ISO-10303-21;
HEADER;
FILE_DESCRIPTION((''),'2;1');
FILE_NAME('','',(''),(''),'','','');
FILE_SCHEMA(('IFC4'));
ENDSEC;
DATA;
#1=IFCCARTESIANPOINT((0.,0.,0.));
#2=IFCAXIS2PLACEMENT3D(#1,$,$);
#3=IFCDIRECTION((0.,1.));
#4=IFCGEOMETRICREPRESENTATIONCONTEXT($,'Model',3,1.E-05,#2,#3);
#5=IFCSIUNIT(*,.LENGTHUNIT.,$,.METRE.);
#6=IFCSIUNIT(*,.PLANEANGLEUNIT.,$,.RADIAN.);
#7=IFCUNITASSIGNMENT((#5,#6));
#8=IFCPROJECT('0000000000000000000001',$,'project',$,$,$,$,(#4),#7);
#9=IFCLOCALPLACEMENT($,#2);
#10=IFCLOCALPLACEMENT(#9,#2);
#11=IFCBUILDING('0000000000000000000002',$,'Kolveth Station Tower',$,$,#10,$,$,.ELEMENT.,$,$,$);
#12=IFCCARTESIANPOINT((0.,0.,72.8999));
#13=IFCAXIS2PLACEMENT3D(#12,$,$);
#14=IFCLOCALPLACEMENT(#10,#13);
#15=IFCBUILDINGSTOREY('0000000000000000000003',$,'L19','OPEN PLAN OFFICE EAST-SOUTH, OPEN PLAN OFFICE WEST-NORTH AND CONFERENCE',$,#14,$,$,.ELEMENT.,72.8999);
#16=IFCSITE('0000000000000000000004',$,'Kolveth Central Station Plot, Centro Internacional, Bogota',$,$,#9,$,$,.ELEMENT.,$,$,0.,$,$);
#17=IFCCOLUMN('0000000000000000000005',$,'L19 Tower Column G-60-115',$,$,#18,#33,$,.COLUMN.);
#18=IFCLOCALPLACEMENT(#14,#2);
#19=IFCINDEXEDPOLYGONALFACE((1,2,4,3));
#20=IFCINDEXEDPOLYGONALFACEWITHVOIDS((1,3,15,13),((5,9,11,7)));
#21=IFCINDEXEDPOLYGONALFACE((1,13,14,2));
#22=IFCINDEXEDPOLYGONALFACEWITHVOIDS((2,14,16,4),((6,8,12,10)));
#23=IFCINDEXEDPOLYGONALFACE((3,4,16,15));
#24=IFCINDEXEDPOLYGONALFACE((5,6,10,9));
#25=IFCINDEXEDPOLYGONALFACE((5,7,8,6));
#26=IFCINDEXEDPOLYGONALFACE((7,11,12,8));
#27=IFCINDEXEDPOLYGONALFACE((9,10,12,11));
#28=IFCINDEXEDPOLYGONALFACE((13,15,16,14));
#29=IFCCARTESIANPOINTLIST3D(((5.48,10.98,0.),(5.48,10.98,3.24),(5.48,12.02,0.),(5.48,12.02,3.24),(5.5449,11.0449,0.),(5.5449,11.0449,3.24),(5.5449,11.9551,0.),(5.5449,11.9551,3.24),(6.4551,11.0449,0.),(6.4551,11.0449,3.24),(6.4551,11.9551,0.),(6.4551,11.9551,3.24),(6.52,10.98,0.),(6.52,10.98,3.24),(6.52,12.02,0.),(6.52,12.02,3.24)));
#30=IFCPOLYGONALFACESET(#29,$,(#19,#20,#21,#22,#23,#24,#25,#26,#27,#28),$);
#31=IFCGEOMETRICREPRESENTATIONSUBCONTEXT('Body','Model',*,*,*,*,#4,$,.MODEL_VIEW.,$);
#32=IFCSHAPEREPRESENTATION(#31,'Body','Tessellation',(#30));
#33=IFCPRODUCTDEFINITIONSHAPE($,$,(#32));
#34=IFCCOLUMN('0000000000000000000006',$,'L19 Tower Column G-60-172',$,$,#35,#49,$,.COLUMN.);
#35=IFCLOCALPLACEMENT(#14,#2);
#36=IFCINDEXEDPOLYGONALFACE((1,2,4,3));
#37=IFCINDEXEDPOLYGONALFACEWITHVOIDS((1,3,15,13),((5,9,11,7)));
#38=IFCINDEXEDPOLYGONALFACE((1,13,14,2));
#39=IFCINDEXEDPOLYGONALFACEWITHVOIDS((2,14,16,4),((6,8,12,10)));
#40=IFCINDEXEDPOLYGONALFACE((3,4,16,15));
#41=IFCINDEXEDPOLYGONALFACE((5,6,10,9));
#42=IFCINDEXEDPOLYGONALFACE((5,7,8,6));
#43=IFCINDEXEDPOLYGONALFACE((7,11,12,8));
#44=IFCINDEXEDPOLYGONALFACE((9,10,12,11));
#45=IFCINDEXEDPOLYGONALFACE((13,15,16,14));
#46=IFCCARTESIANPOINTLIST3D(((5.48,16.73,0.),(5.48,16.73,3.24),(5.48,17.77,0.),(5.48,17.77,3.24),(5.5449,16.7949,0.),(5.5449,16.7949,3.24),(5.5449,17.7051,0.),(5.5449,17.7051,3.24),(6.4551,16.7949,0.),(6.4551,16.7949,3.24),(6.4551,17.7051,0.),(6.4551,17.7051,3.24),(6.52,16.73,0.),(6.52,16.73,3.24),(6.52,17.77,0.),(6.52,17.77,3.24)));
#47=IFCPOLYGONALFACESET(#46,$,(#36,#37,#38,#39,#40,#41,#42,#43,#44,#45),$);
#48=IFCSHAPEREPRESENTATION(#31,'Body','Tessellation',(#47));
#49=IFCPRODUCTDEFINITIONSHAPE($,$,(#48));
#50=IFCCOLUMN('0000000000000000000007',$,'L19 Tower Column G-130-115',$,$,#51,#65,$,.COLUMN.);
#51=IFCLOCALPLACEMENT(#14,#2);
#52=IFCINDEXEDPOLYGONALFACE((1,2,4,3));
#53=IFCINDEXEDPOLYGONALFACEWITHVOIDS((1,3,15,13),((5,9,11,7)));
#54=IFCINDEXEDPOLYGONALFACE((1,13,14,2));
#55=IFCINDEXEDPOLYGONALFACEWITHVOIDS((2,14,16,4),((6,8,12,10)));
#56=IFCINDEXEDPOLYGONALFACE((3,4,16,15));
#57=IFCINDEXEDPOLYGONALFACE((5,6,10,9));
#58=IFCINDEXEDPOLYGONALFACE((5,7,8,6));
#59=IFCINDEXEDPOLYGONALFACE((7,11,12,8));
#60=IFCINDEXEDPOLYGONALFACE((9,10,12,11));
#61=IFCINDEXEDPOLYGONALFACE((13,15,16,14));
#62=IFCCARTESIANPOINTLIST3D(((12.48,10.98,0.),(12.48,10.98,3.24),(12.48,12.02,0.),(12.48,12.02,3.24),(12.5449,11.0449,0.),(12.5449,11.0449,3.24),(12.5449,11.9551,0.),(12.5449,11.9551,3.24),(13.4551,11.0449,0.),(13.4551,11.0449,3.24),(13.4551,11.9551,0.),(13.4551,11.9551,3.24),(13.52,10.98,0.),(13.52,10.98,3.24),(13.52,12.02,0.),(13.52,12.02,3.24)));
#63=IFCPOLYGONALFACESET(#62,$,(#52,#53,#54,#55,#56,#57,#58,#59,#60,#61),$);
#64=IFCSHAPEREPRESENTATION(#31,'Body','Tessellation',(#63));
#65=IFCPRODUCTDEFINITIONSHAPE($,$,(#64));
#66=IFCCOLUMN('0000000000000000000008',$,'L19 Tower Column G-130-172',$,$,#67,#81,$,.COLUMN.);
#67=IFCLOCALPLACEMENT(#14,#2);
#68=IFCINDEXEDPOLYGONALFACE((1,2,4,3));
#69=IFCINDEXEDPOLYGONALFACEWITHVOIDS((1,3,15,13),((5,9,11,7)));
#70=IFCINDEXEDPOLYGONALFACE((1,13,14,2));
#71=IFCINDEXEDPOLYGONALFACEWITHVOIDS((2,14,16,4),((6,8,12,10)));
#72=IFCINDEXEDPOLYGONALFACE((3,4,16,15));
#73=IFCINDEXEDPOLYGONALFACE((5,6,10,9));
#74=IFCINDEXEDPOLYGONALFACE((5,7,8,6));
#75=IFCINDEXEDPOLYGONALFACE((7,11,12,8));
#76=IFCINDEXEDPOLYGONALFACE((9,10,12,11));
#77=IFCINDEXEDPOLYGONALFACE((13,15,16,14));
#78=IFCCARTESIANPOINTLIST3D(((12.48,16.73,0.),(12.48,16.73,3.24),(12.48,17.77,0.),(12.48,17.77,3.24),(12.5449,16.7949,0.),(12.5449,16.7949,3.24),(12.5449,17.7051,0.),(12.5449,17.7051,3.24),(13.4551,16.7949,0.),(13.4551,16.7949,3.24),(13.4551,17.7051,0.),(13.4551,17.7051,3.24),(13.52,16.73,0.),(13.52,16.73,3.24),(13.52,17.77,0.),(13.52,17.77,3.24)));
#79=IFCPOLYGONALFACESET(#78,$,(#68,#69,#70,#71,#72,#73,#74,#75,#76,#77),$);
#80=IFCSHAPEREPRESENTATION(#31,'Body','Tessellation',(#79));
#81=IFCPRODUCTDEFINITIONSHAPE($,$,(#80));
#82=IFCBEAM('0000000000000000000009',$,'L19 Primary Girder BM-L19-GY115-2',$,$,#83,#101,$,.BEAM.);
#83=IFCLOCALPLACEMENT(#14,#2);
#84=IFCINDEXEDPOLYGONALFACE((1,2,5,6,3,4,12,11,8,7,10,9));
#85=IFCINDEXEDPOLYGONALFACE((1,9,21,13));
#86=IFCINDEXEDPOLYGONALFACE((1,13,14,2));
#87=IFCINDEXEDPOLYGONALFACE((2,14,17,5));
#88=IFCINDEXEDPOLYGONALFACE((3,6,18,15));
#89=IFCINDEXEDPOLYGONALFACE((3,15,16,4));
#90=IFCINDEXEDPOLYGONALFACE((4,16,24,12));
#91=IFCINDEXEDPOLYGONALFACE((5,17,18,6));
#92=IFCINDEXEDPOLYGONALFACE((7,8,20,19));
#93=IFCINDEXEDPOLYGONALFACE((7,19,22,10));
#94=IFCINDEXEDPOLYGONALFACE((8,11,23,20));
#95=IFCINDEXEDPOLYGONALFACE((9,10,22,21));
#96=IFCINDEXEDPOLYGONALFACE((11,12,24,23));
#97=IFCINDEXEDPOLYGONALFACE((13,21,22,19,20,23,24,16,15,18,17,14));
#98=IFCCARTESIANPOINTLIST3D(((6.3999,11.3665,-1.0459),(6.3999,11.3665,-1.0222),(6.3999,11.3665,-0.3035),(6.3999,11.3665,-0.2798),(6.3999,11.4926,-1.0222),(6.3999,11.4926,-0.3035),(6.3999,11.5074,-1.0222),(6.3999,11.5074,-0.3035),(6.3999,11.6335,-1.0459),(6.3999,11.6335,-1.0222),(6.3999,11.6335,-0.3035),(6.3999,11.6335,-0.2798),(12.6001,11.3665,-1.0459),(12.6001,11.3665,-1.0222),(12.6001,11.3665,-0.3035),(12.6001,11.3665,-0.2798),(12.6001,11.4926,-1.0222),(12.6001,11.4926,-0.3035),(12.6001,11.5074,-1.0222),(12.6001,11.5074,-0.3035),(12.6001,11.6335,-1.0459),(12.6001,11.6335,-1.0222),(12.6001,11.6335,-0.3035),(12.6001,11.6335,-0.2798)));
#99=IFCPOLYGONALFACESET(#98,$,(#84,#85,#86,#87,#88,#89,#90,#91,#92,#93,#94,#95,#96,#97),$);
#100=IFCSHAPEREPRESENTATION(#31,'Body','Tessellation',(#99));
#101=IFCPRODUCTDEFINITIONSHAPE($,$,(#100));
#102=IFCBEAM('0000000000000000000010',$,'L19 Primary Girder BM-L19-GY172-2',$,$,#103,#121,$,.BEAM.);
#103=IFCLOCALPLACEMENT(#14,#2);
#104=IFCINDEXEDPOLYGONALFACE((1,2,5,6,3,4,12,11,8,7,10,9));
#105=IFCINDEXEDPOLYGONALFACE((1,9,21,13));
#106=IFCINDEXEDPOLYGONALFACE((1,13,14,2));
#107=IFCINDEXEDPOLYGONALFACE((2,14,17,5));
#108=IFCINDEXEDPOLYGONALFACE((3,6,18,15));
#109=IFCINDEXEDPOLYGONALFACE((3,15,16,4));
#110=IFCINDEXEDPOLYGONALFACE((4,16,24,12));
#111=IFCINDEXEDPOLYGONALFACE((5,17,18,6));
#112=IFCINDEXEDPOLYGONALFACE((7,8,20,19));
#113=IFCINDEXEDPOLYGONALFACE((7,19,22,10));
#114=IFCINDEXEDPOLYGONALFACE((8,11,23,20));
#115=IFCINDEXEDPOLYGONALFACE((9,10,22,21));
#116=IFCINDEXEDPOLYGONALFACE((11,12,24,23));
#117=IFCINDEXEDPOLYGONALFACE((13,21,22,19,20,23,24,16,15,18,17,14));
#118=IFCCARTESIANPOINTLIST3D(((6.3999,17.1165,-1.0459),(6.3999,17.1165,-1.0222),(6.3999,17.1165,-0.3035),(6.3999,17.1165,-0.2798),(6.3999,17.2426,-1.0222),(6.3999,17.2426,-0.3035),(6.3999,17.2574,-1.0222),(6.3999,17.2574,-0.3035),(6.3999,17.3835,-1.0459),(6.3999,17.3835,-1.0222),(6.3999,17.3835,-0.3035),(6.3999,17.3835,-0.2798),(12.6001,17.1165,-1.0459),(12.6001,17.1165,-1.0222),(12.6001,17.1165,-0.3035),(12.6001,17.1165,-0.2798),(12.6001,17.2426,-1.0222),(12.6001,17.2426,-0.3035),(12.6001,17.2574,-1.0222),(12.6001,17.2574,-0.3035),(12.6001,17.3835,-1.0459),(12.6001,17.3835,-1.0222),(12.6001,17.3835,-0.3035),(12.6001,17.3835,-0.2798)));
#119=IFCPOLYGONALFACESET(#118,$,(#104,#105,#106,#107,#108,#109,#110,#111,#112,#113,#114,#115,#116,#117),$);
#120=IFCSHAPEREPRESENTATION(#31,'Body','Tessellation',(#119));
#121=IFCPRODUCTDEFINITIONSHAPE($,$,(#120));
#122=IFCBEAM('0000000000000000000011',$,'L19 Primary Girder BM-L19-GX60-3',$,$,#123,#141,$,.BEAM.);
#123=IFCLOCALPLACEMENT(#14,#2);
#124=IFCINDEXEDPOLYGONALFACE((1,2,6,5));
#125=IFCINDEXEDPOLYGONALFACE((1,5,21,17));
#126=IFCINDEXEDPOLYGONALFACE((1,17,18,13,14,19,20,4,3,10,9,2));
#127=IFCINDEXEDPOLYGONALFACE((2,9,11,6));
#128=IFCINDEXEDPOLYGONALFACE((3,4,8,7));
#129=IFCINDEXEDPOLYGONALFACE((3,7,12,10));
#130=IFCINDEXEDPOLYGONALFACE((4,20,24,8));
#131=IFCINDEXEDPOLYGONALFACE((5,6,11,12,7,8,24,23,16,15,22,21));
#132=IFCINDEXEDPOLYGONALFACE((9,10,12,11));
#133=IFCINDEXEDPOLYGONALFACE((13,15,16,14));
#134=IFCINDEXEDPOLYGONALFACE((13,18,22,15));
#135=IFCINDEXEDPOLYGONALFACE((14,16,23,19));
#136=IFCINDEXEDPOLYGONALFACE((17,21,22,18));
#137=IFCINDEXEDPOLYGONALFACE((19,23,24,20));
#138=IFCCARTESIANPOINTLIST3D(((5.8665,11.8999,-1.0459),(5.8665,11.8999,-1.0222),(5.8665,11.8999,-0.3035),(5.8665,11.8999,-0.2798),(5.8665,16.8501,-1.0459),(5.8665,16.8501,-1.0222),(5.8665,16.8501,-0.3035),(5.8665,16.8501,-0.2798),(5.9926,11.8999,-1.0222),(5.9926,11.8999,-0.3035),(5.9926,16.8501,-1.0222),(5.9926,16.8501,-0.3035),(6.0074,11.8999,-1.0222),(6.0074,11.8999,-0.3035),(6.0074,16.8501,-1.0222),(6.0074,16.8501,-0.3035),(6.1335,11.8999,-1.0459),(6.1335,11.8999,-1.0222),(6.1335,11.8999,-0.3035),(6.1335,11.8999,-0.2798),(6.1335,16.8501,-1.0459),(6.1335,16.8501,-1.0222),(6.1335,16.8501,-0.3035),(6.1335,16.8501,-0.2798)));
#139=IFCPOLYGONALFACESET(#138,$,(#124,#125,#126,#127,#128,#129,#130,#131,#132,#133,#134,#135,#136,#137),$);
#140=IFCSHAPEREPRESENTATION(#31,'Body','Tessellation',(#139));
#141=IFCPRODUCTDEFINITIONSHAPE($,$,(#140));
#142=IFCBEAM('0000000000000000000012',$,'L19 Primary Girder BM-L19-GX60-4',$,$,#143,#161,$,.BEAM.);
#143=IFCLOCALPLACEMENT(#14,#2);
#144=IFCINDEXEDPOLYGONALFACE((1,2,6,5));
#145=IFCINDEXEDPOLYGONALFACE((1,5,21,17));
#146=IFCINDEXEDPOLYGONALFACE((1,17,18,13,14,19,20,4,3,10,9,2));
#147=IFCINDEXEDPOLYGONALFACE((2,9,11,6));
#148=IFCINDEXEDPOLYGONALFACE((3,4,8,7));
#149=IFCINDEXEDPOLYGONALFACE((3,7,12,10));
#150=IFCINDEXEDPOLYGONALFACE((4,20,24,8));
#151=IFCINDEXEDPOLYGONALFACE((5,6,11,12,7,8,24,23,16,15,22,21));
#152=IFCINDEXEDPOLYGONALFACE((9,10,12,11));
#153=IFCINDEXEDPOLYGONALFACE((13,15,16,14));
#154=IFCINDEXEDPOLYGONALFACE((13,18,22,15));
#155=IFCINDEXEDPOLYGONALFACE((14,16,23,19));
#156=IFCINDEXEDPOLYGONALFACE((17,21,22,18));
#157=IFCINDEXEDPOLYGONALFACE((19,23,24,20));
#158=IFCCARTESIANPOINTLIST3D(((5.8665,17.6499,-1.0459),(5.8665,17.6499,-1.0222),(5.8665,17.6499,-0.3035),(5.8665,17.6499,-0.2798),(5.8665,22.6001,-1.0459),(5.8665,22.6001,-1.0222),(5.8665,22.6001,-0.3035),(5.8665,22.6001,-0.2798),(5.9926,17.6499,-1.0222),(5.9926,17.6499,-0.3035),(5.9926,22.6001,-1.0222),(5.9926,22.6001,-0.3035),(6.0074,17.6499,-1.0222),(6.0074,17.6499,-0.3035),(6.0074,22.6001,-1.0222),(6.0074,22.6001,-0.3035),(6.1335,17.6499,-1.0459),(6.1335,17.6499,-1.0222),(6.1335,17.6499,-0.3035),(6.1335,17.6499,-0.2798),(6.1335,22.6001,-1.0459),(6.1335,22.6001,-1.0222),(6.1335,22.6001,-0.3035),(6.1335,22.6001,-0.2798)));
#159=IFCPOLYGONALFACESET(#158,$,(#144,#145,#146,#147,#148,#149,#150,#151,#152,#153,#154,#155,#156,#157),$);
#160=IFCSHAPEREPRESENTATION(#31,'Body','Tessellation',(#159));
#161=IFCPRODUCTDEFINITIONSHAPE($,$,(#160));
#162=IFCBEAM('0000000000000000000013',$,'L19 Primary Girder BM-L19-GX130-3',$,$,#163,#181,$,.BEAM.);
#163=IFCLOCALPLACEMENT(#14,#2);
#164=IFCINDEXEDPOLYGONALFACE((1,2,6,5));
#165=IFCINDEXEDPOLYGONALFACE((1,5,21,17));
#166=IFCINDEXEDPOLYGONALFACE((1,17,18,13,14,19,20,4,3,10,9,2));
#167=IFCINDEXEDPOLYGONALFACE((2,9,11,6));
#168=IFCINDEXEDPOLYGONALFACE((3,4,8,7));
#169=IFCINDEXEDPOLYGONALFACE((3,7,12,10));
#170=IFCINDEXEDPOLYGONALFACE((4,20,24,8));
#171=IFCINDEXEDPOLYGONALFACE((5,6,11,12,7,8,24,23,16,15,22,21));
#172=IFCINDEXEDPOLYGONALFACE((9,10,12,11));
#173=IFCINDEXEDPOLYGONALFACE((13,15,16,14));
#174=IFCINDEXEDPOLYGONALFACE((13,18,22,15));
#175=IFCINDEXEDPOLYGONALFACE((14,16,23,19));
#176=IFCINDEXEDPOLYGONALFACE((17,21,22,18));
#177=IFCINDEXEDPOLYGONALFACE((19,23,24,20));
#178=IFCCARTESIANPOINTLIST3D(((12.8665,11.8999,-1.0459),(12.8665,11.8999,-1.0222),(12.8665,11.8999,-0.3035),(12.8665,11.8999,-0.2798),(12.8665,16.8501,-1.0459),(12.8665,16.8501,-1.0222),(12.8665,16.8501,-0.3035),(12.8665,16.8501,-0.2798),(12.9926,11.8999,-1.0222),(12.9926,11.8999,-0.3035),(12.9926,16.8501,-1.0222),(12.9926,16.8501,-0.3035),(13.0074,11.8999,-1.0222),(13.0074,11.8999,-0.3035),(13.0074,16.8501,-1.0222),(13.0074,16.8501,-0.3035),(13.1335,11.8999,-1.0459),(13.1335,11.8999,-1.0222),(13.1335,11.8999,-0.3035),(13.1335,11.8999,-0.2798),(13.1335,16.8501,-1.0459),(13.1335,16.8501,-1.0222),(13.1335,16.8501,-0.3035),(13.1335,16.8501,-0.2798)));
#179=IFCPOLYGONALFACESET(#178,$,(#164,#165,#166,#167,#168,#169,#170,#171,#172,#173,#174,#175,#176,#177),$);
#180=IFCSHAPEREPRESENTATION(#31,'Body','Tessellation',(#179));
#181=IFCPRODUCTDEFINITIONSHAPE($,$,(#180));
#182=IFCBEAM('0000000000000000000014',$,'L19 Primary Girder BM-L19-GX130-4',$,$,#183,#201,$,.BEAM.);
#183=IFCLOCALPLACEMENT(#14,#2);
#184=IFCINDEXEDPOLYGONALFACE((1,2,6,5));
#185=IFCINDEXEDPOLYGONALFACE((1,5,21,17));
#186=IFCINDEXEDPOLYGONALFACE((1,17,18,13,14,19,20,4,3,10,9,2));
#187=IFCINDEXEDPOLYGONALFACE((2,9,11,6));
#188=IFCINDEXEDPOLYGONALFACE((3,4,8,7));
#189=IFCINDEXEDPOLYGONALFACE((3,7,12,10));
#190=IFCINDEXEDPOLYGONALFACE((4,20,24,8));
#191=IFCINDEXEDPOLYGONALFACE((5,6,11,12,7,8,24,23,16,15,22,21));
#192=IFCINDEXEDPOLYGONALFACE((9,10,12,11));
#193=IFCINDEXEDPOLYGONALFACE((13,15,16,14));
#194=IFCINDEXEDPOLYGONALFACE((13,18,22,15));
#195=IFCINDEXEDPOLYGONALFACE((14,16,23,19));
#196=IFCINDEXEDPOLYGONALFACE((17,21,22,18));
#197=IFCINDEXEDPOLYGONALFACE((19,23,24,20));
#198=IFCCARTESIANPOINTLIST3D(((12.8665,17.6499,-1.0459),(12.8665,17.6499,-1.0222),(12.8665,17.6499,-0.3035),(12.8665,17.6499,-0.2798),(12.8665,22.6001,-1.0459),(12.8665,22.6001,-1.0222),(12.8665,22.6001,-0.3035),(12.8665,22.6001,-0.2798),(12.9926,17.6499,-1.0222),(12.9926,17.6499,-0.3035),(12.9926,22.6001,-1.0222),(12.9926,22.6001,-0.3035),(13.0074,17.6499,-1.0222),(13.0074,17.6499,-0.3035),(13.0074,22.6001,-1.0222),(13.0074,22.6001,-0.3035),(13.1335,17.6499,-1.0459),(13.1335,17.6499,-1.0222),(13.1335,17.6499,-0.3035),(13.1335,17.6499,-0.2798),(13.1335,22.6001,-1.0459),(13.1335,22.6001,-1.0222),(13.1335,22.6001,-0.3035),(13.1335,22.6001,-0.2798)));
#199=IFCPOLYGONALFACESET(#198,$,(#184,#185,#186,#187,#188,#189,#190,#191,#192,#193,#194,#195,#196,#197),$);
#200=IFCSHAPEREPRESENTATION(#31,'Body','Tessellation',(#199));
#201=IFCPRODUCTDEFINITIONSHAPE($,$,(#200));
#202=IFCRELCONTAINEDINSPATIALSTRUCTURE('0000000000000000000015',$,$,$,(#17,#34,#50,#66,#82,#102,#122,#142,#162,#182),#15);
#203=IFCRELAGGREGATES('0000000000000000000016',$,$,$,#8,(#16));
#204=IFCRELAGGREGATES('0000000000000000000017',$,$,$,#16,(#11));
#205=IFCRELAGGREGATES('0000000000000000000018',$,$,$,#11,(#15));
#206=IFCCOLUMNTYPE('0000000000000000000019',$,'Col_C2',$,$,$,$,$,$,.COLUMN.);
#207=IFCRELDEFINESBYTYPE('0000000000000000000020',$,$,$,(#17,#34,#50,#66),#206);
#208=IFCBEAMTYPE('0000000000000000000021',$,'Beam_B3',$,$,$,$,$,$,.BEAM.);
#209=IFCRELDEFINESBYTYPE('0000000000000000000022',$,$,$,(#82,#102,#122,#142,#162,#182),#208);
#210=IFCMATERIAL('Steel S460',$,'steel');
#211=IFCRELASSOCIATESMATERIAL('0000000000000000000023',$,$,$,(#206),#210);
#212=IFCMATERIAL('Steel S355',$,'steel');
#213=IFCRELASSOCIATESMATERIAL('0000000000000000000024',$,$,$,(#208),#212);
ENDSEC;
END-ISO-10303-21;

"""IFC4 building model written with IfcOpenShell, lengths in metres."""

from ifc_helpers import new_model, si_unit, direction, frame, origin, origin_2d, place, context, subcontext, project, spatial, hollow_rectangle, i_section, extrude, source, transform, mapped, material, material_profile, profile_set, type_object, element, save


model = new_model("IFC4")

# Units and contexts
model_context = context("Model", 3, precision=1e-05, world=origin(), true_north=direction((0.0, 1.0)))
body_context = subcontext(model_context, "Body", "Model", "MODEL_VIEW")
ifc_project = project(units=[si_unit("LENGTHUNIT", "METRE"), si_unit("PLANEANGLEUNIT", "RADIAN")], contexts=[model_context])

# Site, building, storey
site_placement = place(None, origin())
site = spatial("IfcSite", under=ifc_project, at=site_placement, Name="Kolveth Central Station Plot, Centro Internacional, Bogota", CompositionType="ELEMENT", RefElevation=0.0)
building_placement = place(site_placement, origin())
building = spatial("IfcBuilding", under=site, at=building_placement, Name="Kolveth Station Tower", CompositionType="ELEMENT")
storey_placement = place(building_placement, frame((0.0, 0.0, 72.8999)))
storey = spatial("IfcBuildingStorey", under=building, at=storey_placement, Name="L19", Description="OPEN PLAN OFFICE EAST-SOUTH, OPEN PLAN OFFICE WEST-NORTH AND CONFERENCE", CompositionType="ELEMENT", Elevation=72.8999)

# Columns
ifc_material_1 = material(Name="Steel S460", Category="steel")
ifc_material_profile_1 = material_profile(ifc_material_1, hollow_rectangle(XDim=1.04, YDim=1.04, WallThickness=0.0649, at=origin_2d()), Name="BOX1040x1040x65")
ifc_profile_set_1 = profile_set([ifc_material_profile_1], Name="Steel S460")
column_type = type_object("IfcColumnType", Name="Col_C2", PredefinedType="COLUMN", material=ifc_profile_set_1)
shared_shape_1 = source(origin(), body_context, "Body", "SweptSolid", [
    extrude(hollow_rectangle(XDim=1.04, YDim=1.04, WallThickness=0.0649, at=origin_2d()), origin(), (0.0, 0.0, 1.0), 3.24),
])
for number, where, z_axis, x_axis, name in (
    (1, (6.0, 11.5, 0.0), (0.0, 0.0, 1.0), (1.0, 0.0, 0.0), "L19 Tower Column G-60-115"),
    (2, (6.0, 17.25, 0.0), (0.0, 0.0, 1.0), (1.0, 0.0, 0.0), "L19 Tower Column G-60-172"),
    (3, (13.0, 11.5, 0.0), (0.0, 0.0, 1.0), (1.0, 0.0, 0.0), "L19 Tower Column G-130-115"),
    (4, (13.0, 17.25, 0.0), (0.0, 0.0, 1.0), (1.0, 0.0, 0.0), "L19 Tower Column G-130-172"),
):
    element("IfcColumn", number, at=place(storey_placement, frame(where, z_axis=z_axis, x_axis=x_axis)), inside=storey, type_object=column_type, Name=name, PredefinedType="COLUMN", context=body_context, shape_type="MappedRepresentation", body=[
        mapped(shared_shape_1, transform((0.0, 0.0, 0.0), x_axis=(1.0, 0.0, 0.0), y_axis=(0.0, 1.0, 0.0), z_axis=(0.0, 0.0, 1.0), scale=1.0)),
    ])

# Beams
ifc_material_2 = material(Name="Steel S355", Category="steel")
ifc_material_profile_2 = material_profile(ifc_material_2, i_section(OverallWidth=0.2671, OverallDepth=0.7661, WebThickness=0.0149, FlangeThickness=0.0237, at=origin_2d()), Name="W760x185")
ifc_profile_set_2 = profile_set([ifc_material_profile_2], Name="Steel S355")
beam_type_1 = type_object("IfcBeamType", Name="Beam_B3", PredefinedType="BEAM", material=ifc_profile_set_2)
shared_shape_2 = source(origin(), body_context, "Body", "SweptSolid", [
    extrude(i_section(OverallWidth=0.2671, OverallDepth=0.7661, WebThickness=0.0149, FlangeThickness=0.0237, at=origin_2d()), origin(), (0.0, 0.0, 1.0), 6.2002),
])
for number, where, z_axis, x_axis, name in (
    (5, (6.3999, 11.5, -0.6628), (1.0, 0.0, 0.0), (0.0, 1.0, 0.0), "L19 Primary Girder BM-L19-GY115-2"),
    (6, (6.3999, 17.25, -0.6628), (1.0, 0.0, 0.0), (0.0, 1.0, 0.0), "L19 Primary Girder BM-L19-GY172-2"),
):
    element("IfcBeam", number, at=place(storey_placement, frame(where, z_axis=z_axis, x_axis=x_axis)), inside=storey, type_object=beam_type_1, Name=name, PredefinedType="BEAM", context=body_context, shape_type="MappedRepresentation", body=[
        mapped(shared_shape_2, transform((0.0, 0.0, 0.0), x_axis=(1.0, 0.0, 0.0), y_axis=(0.0, 1.0, 0.0), z_axis=(0.0, 0.0, 1.0), scale=1.0)),
    ])
shared_shape_3 = source(origin(), body_context, "Body", "SweptSolid", [
    extrude(i_section(OverallWidth=0.2671, OverallDepth=0.7661, WebThickness=0.0149, FlangeThickness=0.0237, at=origin_2d()), origin(), (0.0, 0.0, 1.0), 4.9502),
])
for number, where, z_axis, x_axis, name in (
    (7, (6.0, 11.8999, -0.6628), (0.0, 1.0, 0.0), (-1.0, 0.0, 0.0), "L19 Primary Girder BM-L19-GX60-3"),
    (8, (6.0, 17.6499, -0.6628), (0.0, 1.0, 0.0), (-1.0, 0.0, 0.0), "L19 Primary Girder BM-L19-GX60-4"),
    (9, (13.0, 11.8999, -0.6628), (0.0, 1.0, 0.0), (-1.0, 0.0, 0.0), "L19 Primary Girder BM-L19-GX130-3"),
    (10, (13.0, 17.6499, -0.6628), (0.0, 1.0, 0.0), (-1.0, 0.0, 0.0), "L19 Primary Girder BM-L19-GX130-4"),
):
    element("IfcBeam", number, at=place(storey_placement, frame(where, z_axis=z_axis, x_axis=x_axis)), inside=storey, type_object=beam_type_1, Name=name, PredefinedType="BEAM", context=body_context, shape_type="MappedRepresentation", body=[
        mapped(shared_shape_3, transform((0.0, 0.0, 0.0), x_axis=(1.0, 0.0, 0.0), y_axis=(0.0, 1.0, 0.0), z_axis=(0.0, 0.0, 1.0), scale=1.0)),
    ])

save(model, "model.ifc")
